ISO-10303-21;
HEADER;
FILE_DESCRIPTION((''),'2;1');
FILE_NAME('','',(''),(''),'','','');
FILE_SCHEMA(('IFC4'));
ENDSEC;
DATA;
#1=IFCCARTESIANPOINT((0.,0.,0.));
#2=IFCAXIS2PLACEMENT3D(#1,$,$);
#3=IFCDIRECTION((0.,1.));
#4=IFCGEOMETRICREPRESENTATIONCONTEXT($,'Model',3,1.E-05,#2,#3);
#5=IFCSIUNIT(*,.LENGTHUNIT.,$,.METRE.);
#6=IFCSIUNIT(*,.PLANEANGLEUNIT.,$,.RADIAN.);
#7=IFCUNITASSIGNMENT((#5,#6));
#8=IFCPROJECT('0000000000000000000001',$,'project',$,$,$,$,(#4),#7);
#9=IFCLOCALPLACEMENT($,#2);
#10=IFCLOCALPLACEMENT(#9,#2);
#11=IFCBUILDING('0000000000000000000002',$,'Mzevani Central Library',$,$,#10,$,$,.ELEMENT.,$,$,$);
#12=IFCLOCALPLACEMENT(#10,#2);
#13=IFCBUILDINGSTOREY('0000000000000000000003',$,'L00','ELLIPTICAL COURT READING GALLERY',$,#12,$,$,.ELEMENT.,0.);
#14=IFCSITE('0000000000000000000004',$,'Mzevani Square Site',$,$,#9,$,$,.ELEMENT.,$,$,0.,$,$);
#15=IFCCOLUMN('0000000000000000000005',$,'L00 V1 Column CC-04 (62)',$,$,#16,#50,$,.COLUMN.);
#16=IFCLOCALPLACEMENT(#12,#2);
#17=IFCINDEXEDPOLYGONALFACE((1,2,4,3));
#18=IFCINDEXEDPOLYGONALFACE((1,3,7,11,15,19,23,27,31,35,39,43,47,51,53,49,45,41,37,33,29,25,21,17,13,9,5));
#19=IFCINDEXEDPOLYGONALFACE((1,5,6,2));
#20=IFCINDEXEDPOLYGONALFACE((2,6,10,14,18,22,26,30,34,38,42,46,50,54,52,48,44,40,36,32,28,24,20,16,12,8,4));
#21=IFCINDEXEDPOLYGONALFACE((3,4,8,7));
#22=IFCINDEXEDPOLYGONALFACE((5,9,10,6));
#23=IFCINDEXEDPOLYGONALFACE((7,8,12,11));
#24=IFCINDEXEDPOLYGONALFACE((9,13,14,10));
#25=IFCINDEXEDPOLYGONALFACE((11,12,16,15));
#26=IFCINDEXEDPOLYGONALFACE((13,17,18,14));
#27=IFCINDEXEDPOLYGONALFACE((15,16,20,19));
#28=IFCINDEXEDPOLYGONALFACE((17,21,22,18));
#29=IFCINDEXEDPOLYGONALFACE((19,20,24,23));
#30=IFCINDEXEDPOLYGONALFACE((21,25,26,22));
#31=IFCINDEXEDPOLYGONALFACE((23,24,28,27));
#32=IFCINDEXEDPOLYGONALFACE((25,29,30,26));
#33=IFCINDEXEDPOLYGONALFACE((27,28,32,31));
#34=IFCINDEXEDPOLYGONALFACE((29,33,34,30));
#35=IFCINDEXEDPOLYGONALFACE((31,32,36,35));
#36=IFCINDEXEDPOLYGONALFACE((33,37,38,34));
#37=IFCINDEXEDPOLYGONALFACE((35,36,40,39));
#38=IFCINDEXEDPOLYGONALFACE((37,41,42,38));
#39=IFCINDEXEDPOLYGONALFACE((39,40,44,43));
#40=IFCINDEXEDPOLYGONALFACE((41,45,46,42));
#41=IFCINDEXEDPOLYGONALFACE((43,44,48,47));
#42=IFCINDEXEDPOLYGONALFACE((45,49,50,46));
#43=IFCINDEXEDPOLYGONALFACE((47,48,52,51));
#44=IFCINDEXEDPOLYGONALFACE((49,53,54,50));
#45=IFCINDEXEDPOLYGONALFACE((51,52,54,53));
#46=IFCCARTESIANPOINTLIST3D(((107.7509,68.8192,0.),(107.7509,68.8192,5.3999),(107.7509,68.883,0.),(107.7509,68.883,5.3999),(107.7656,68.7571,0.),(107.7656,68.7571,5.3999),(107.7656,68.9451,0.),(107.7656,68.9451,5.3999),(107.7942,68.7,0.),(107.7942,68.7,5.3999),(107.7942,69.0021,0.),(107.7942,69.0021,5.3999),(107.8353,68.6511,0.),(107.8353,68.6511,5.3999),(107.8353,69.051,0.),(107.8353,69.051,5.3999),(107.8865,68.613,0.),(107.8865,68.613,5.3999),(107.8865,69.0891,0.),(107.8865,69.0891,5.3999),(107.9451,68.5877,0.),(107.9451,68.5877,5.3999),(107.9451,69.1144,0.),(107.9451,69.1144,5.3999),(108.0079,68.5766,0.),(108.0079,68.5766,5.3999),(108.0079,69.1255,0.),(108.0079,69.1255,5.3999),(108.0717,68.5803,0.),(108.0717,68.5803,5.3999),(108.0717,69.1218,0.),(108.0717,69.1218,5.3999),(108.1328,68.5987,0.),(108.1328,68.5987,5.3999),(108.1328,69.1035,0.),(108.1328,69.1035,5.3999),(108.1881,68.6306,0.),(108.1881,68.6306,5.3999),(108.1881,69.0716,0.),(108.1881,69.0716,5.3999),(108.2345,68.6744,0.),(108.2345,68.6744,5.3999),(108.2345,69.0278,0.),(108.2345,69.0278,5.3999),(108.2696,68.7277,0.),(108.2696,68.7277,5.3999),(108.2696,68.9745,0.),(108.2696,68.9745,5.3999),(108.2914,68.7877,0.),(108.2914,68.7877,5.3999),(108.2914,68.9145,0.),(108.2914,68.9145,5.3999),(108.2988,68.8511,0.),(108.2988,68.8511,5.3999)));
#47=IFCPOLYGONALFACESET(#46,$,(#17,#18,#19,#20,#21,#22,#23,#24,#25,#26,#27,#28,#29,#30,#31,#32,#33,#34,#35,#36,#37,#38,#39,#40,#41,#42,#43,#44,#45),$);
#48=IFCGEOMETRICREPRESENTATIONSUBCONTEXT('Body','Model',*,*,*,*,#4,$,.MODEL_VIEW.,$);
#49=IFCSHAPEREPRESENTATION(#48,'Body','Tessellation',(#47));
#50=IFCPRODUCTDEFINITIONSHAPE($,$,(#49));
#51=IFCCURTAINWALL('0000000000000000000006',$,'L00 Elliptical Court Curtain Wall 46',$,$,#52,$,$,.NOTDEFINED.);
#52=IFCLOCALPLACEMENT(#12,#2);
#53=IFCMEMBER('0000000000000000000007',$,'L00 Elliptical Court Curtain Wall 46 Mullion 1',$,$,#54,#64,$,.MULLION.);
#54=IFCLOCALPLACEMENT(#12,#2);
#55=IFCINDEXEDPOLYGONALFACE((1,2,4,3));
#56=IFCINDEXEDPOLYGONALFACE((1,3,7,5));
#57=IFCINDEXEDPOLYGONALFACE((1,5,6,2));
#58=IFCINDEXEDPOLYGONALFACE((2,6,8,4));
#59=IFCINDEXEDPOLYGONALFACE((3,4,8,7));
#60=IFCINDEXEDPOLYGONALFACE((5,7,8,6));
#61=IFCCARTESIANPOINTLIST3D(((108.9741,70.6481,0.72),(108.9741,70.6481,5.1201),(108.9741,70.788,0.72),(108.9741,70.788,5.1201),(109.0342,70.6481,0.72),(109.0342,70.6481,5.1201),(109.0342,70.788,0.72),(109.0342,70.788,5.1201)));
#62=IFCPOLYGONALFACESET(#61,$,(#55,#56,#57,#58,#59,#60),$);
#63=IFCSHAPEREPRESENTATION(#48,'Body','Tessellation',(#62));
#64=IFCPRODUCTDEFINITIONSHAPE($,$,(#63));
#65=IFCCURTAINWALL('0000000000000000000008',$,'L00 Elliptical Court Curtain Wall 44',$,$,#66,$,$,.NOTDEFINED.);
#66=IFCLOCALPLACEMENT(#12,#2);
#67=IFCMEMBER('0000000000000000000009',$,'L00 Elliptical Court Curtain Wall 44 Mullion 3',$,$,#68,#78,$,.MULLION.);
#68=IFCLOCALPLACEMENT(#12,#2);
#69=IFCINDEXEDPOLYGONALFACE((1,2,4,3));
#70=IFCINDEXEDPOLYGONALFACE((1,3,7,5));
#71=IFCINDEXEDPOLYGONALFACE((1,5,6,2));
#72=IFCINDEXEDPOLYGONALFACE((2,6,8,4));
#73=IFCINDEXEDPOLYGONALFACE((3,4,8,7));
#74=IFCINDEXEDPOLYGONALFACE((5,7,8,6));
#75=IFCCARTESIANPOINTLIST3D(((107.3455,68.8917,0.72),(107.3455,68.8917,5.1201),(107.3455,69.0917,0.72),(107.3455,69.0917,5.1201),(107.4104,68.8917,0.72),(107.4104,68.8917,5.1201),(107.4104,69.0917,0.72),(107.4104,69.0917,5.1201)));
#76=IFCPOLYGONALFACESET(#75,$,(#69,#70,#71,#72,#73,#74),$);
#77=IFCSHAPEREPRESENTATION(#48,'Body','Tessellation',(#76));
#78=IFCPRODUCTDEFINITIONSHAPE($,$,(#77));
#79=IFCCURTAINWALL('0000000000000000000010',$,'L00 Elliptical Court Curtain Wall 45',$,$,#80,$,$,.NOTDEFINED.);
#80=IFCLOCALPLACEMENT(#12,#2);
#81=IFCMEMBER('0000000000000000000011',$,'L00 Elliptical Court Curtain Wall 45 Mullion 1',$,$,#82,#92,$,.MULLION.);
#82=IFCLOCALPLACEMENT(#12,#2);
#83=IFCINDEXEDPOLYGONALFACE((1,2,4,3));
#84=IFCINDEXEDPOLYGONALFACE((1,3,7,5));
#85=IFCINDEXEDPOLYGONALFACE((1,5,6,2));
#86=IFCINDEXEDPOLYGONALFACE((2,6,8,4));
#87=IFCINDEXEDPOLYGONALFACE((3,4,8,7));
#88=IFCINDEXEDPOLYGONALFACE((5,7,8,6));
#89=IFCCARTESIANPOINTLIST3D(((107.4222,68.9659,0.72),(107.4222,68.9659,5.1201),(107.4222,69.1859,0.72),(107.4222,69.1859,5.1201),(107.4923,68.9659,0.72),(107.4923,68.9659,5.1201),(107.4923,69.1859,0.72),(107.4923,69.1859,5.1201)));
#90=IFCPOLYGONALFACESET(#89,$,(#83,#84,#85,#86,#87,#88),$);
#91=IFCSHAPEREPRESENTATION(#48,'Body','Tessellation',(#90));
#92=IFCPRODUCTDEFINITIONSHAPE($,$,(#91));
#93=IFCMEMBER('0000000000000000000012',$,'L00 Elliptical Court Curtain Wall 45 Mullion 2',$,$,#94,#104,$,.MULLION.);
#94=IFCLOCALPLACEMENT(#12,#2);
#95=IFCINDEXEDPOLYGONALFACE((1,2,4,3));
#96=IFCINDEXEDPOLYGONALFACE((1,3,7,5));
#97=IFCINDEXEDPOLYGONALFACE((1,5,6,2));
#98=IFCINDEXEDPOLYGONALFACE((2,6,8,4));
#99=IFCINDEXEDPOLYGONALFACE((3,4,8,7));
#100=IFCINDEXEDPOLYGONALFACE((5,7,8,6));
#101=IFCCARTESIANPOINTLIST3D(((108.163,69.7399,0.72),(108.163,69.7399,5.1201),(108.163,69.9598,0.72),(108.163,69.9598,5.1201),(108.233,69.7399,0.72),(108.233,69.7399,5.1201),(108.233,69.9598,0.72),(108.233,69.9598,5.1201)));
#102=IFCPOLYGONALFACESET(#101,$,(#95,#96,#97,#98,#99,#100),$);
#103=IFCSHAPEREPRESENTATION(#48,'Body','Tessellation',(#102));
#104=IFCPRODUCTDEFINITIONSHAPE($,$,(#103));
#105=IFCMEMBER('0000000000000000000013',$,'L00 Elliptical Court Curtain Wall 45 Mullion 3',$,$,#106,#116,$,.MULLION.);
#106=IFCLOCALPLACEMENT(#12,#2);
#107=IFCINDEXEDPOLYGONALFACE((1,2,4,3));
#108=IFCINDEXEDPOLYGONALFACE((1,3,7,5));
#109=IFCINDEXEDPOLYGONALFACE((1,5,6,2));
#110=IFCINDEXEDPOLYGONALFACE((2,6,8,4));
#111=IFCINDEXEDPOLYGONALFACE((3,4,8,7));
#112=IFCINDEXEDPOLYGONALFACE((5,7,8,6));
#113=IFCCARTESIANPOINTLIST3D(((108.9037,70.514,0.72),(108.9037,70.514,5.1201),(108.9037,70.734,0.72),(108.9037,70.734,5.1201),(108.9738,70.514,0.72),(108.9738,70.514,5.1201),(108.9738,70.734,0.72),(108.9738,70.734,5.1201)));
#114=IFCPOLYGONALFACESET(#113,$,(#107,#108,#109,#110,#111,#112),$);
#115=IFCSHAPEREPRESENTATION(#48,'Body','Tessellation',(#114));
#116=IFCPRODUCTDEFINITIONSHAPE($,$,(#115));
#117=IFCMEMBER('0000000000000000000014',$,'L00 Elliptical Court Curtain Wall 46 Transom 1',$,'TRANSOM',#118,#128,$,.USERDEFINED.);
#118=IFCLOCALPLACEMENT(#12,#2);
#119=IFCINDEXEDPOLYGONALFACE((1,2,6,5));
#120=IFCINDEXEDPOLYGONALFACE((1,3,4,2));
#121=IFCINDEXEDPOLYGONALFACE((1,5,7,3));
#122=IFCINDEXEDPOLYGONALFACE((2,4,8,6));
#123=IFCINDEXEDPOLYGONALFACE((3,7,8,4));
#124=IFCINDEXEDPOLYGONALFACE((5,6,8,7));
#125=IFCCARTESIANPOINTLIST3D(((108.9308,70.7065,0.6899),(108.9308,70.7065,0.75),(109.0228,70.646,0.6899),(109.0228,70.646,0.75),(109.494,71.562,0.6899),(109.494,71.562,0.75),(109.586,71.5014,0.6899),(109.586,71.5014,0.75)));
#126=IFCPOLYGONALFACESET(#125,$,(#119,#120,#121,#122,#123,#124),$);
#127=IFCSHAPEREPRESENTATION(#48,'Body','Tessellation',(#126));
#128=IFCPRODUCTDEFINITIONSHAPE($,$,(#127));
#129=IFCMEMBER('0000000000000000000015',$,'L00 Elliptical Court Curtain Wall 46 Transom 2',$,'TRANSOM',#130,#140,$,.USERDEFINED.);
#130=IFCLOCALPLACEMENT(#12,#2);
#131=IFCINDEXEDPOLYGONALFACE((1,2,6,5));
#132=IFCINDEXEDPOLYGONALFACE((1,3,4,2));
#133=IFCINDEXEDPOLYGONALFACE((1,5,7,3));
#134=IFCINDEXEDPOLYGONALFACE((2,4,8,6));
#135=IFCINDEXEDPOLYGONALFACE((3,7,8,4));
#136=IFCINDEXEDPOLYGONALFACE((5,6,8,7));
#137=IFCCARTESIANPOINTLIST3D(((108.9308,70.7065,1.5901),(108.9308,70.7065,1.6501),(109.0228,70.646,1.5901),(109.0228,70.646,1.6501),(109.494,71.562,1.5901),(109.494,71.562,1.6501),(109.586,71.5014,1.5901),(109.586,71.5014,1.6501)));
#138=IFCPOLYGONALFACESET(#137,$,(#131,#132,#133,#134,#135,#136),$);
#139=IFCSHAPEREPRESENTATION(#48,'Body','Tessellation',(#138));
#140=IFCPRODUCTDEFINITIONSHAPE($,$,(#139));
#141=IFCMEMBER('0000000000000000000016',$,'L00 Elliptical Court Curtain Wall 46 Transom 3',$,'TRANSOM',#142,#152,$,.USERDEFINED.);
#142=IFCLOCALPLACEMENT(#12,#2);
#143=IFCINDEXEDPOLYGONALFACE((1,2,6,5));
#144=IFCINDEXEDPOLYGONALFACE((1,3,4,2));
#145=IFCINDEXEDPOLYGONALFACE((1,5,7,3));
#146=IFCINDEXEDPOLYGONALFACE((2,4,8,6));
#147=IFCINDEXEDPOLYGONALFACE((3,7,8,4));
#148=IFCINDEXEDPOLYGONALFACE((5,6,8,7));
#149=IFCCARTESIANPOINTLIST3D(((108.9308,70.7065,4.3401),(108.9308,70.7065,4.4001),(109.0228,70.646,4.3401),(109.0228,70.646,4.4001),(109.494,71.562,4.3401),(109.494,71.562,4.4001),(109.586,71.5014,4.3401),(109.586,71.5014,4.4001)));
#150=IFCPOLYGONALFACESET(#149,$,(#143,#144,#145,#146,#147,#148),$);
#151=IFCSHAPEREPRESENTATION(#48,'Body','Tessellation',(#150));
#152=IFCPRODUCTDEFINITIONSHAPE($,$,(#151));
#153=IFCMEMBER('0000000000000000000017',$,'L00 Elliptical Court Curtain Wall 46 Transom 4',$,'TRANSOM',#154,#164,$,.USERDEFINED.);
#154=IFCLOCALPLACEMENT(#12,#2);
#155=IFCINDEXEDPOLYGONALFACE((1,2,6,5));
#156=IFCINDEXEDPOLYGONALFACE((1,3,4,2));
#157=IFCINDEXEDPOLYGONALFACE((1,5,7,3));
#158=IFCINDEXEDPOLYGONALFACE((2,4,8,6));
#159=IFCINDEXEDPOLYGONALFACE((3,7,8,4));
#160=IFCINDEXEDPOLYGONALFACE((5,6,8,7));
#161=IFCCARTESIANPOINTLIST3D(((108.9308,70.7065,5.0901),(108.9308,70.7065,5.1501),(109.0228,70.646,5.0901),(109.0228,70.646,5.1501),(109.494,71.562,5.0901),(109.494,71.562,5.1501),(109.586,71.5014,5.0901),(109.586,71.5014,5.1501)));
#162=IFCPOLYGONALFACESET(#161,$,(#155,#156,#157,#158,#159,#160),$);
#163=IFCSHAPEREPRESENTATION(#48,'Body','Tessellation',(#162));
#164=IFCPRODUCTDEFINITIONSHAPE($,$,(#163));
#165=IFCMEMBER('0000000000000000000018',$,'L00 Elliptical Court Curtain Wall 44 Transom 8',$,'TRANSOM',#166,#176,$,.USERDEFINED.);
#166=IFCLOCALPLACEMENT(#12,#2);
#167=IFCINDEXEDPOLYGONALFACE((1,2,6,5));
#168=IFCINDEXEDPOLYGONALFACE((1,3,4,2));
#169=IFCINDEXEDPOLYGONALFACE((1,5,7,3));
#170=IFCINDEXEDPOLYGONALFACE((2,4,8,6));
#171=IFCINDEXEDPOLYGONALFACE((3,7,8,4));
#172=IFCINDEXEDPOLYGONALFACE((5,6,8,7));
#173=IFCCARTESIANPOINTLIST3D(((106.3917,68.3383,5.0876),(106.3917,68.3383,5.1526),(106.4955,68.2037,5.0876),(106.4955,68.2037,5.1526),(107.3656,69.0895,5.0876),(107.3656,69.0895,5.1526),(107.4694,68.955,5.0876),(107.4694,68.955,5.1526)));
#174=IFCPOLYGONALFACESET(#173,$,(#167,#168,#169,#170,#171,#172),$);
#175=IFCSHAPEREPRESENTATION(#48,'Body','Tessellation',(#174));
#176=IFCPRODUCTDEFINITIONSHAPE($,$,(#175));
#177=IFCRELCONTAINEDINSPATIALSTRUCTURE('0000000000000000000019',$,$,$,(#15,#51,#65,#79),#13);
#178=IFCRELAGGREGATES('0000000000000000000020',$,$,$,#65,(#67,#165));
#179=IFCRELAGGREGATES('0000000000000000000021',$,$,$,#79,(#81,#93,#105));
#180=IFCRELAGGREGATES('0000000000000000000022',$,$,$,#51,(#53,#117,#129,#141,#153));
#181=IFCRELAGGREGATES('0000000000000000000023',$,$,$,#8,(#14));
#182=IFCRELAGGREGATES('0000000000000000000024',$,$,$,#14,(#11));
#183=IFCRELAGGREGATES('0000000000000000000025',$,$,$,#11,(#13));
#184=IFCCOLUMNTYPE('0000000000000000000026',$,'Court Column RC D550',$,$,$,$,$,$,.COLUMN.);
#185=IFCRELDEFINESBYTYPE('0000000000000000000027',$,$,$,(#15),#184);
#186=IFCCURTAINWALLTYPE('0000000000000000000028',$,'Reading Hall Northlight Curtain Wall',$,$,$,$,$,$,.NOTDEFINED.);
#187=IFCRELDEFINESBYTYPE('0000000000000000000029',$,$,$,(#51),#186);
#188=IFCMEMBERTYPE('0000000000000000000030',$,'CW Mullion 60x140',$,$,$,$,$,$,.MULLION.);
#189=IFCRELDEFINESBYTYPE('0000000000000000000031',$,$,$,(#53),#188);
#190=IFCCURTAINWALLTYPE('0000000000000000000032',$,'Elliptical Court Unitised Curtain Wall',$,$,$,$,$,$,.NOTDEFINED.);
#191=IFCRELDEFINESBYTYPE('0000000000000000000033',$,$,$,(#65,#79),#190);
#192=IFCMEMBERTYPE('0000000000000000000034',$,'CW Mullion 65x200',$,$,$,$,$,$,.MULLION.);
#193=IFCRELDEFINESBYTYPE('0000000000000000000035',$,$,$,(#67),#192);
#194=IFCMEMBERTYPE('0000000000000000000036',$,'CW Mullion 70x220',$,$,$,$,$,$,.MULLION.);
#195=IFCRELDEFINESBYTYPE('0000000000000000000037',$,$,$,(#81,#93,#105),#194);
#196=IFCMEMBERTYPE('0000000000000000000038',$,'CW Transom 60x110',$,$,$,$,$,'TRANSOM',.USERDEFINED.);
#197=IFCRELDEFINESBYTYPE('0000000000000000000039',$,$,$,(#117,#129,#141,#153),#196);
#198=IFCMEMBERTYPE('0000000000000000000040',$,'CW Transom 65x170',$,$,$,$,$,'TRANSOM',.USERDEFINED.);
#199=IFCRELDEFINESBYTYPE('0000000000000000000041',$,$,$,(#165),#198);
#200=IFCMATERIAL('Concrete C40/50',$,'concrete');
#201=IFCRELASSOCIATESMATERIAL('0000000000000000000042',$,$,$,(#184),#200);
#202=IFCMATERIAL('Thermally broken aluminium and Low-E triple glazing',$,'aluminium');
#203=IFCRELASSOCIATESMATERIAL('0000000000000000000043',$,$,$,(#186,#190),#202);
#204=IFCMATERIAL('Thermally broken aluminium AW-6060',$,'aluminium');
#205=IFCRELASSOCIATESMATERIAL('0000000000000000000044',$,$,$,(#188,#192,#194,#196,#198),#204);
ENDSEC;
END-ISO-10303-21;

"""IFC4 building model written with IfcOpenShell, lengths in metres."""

from ifc_helpers import new_model, si_unit, direction, frame, origin, origin_2d, place, context, subcontext, project, spatial, rectangle, circle, extrude, material, material_profile, profile_set, type_object, element, aggregate, save


model = new_model("IFC4")

# Units and contexts
model_context = context("Model", 3, precision=1e-05, world=origin(), true_north=direction((0.0, 1.0)))
body_context = subcontext(model_context, "Body", "Model", "MODEL_VIEW")
ifc_project = project(units=[si_unit("LENGTHUNIT", "METRE"), si_unit("PLANEANGLEUNIT", "RADIAN")], contexts=[model_context])

# Site, building, storey
site_placement = place(None, origin())
site = spatial("IfcSite", under=ifc_project, at=site_placement, Name="Mzevani Square Site", CompositionType="ELEMENT", RefElevation=0.0)
building_placement = place(site_placement, origin())
building = spatial("IfcBuilding", under=site, at=building_placement, Name="Mzevani Central Library", CompositionType="ELEMENT")
storey_placement = place(building_placement, origin())
storey = spatial("IfcBuildingStorey", under=building, at=storey_placement, Name="L00", Description="ELLIPTICAL COURT READING GALLERY", CompositionType="ELEMENT", Elevation=0.0)

# Column
ifc_material_1 = material(Name="Concrete C40/50", Category="concrete")
ifc_material_profile_1 = material_profile(ifc_material_1, circle(Radius=0.2749, at=origin_2d()), Name="RC D550")
ifc_profile_set_1 = profile_set([ifc_material_profile_1], Name="Concrete C40/50")
column_type = type_object("IfcColumnType", Name="Court Column RC D550", PredefinedType="COLUMN", material=ifc_profile_set_1)
column_placement = place(storey_placement, frame((108.0239, 68.8511, 0.0), z_axis=(0.0, 0.0, 1.0), x_axis=(1.0, 0.0, 0.0)))
element("IfcColumn", 1, at=column_placement, inside=storey, type_object=column_type, Name="L00 V1 Column CC-04 (62)", PredefinedType="COLUMN", context=body_context, shape_type="SweptSolid", body=[
    extrude(circle(Radius=0.2749, at=origin_2d()), origin(), (0.0, 0.0, 1.0), 5.3999),
])

# Curtain walls, members
ifc_material_2 = material(Name="Thermally broken aluminium and Low-E triple glazing", Category="aluminium")
curtain_wall_type_1 = type_object("IfcCurtainWallType", Name="Reading Hall Northlight Curtain Wall", PredefinedType="NOTDEFINED", material=ifc_material_2)
curtain_wall_1_placement = place(storey_placement, origin())
curtain_wall_1 = element("IfcCurtainWall", 2, at=curtain_wall_1_placement, inside=storey, type_object=curtain_wall_type_1, Name="L00 Elliptical Court Curtain Wall 46", PredefinedType="NOTDEFINED")
ifc_material_3 = material(Name="Thermally broken aluminium AW-6060", Category="aluminium")
ifc_material_profile_2 = material_profile(ifc_material_3, rectangle(XDim=0.0601, YDim=0.1399, at=origin_2d()), Name="ALU M60x140")
ifc_profile_set_2 = profile_set([ifc_material_profile_2], Name="Thermally broken aluminium AW-6060")
member_type_1 = type_object("IfcMemberType", Name="CW Mullion 60x140", PredefinedType="MULLION", material=ifc_profile_set_2)
member_1_placement = place(storey_placement, frame((109.0042, 70.718, 0.72), z_axis=(0.0, 0.0, 1.0), x_axis=(1.0, 0.0, 0.0)))
member_1 = element("IfcMember", 3, at=member_1_placement, type_object=member_type_1, Name="L00 Elliptical Court Curtain Wall 46 Mullion 1", PredefinedType="MULLION", context=body_context, shape_type="SweptSolid", body=[
    extrude(rectangle(XDim=0.0601, YDim=0.1399, at=origin_2d()), origin(), (0.0, 0.0, 1.0), 4.4001),
])
curtain_wall_type_2 = type_object("IfcCurtainWallType", Name="Elliptical Court Unitised Curtain Wall", PredefinedType="NOTDEFINED", material=ifc_material_2)
curtain_wall_2_placement = place(storey_placement, origin())
curtain_wall_2 = element("IfcCurtainWall", 4, at=curtain_wall_2_placement, inside=storey, type_object=curtain_wall_type_2, Name="L00 Elliptical Court Curtain Wall 44", PredefinedType="NOTDEFINED")
ifc_material_profile_3 = material_profile(ifc_material_3, rectangle(XDim=0.0649, YDim=0.2, at=origin_2d()), Name="ALU M65x200")
ifc_profile_set_3 = profile_set([ifc_material_profile_3], Name="Thermally broken aluminium AW-6060")
member_type_2 = type_object("IfcMemberType", Name="CW Mullion 65x200", PredefinedType="MULLION", material=ifc_profile_set_3)
member_2_placement = place(storey_placement, frame((107.3779, 68.9917, 0.72), z_axis=(0.0, 0.0, 1.0), x_axis=(1.0, 0.0, 0.0)))
member_2 = element("IfcMember", 5, at=member_2_placement, type_object=member_type_2, Name="L00 Elliptical Court Curtain Wall 44 Mullion 3", PredefinedType="MULLION", context=body_context, shape_type="SweptSolid", body=[
    extrude(rectangle(XDim=0.0649, YDim=0.2, at=origin_2d()), origin(), (0.0, 0.0, 1.0), 4.4001),
])

# Curtain wall, members
curtain_wall_3_placement = place(storey_placement, origin())
curtain_wall_3 = element("IfcCurtainWall", 6, at=curtain_wall_3_placement, inside=storey, type_object=curtain_wall_type_2, Name="L00 Elliptical Court Curtain Wall 45", PredefinedType="NOTDEFINED")
ifc_material_profile_4 = material_profile(ifc_material_3, rectangle(XDim=0.0701, YDim=0.22, at=origin_2d()), Name="ALU M70x220")
ifc_profile_set_4 = profile_set([ifc_material_profile_4], Name="Thermally broken aluminium AW-6060")
member_type_3 = type_object("IfcMemberType", Name="CW Mullion 70x220", PredefinedType="MULLION", material=ifc_profile_set_4)
member_3_placement = place(storey_placement, frame((107.4573, 69.0759, 0.72), z_axis=(0.0, 0.0, 1.0), x_axis=(1.0, 0.0, 0.0)))
member_3 = element("IfcMember", 7, at=member_3_placement, type_object=member_type_3, Name="L00 Elliptical Court Curtain Wall 45 Mullion 1", PredefinedType="MULLION", context=body_context, shape_type="SweptSolid", body=[
    extrude(rectangle(XDim=0.0701, YDim=0.22, at=origin_2d()), origin(), (0.0, 0.0, 1.0), 4.4001),
])
member_4_placement = place(storey_placement, frame((108.198, 69.8499, 0.72), z_axis=(0.0, 0.0, 1.0), x_axis=(1.0, 0.0, 0.0)))
member_4 = element("IfcMember", 8, at=member_4_placement, type_object=member_type_3, Name="L00 Elliptical Court Curtain Wall 45 Mullion 2", PredefinedType="MULLION", context=body_context, shape_type="SweptSolid", body=[
    extrude(rectangle(XDim=0.0701, YDim=0.22, at=origin_2d()), origin(), (0.0, 0.0, 1.0), 4.4001),
])
member_5_placement = place(storey_placement, frame((108.9387, 70.624, 0.72), z_axis=(0.0, 0.0, 1.0), x_axis=(1.0, 0.0, 0.0)))
member_5 = element("IfcMember", 9, at=member_5_placement, type_object=member_type_3, Name="L00 Elliptical Court Curtain Wall 45 Mullion 3", PredefinedType="MULLION", context=body_context, shape_type="SweptSolid", body=[
    extrude(rectangle(XDim=0.0701, YDim=0.22, at=origin_2d()), origin(), (0.0, 0.0, 1.0), 4.4001),
])

# Members
ifc_material_profile_5 = material_profile(ifc_material_3, rectangle(XDim=0.1101, YDim=0.0601, at=origin_2d()), Name="ALU T60x110")
ifc_profile_set_5 = profile_set([ifc_material_profile_5], Name="Thermally broken aluminium AW-6060")
member_type_4 = type_object("IfcMemberType", Name="CW Transom 60x110", ElementType="TRANSOM", PredefinedType="USERDEFINED", material=ifc_profile_set_5)
member_6_placement = place(storey_placement, frame((108.9768, 70.6763, 0.72), z_axis=(0.549905, 0.835227, 0.0), x_axis=(-0.835227, 0.549905, 0.0)))
member_6 = element("IfcMember", 10, at=member_6_placement, type_object=member_type_4, Name="L00 Elliptical Court Curtain Wall 46 Transom 1", ObjectType="TRANSOM", PredefinedType="USERDEFINED", context=body_context, shape_type="SweptSolid", body=[
    extrude(rectangle(XDim=0.1101, YDim=0.0601, at=origin_2d()), origin(), (0.0, 0.0, 1.0), 1.0242),
])
member_7_placement = place(storey_placement, frame((108.9768, 70.6763, 1.6201), z_axis=(0.549905, 0.835227, 0.0), x_axis=(-0.835227, 0.549905, 0.0)))
member_7 = element("IfcMember", 11, at=member_7_placement, type_object=member_type_4, Name="L00 Elliptical Court Curtain Wall 46 Transom 2", ObjectType="TRANSOM", PredefinedType="USERDEFINED", context=body_context, shape_type="SweptSolid", body=[
    extrude(rectangle(XDim=0.1101, YDim=0.0601, at=origin_2d()), origin(), (0.0, 0.0, 1.0), 1.0242),
])
member_8_placement = place(storey_placement, frame((108.9768, 70.6763, 4.3701), z_axis=(0.549905, 0.835227, 0.0), x_axis=(-0.835227, 0.549905, 0.0)))
member_8 = element("IfcMember", 12, at=member_8_placement, type_object=member_type_4, Name="L00 Elliptical Court Curtain Wall 46 Transom 3", ObjectType="TRANSOM", PredefinedType="USERDEFINED", context=body_context, shape_type="SweptSolid", body=[
    extrude(rectangle(XDim=0.1101, YDim=0.0601, at=origin_2d()), origin(), (0.0, 0.0, 1.0), 1.0242),
])
member_9_placement = place(storey_placement, frame((108.9768, 70.6763, 5.1201), z_axis=(0.549905, 0.835227, 0.0), x_axis=(-0.835227, 0.549905, 0.0)))
member_9 = element("IfcMember", 13, at=member_9_placement, type_object=member_type_4, Name="L00 Elliptical Court Curtain Wall 46 Transom 4", ObjectType="TRANSOM", PredefinedType="USERDEFINED", context=body_context, shape_type="SweptSolid", body=[
    extrude(rectangle(XDim=0.1101, YDim=0.0601, at=origin_2d()), origin(), (0.0, 0.0, 1.0), 1.0242),
])
ifc_material_profile_6 = material_profile(ifc_material_3, rectangle(XDim=0.1699, YDim=0.0649, at=origin_2d()), Name="ALU T65x170")
ifc_profile_set_6 = profile_set([ifc_material_profile_6], Name="Thermally broken aluminium AW-6060")
member_type_5 = type_object("IfcMemberType", Name="CW Transom 65x170", ElementType="TRANSOM", PredefinedType="USERDEFINED", material=ifc_profile_set_6)
member_10_placement = place(storey_placement, frame((106.4436, 68.271, 5.1201), z_axis=(0.791804, 0.610775, 0.0), x_axis=(-0.610775, 0.791804, 0.0)))
member_10 = element("IfcMember", 14, at=member_10_placement, type_object=member_type_5, Name="L00 Elliptical Court Curtain Wall 44 Transom 8", ObjectType="TRANSOM", PredefinedType="USERDEFINED", context=body_context, shape_type="SweptSolid", body=[
    extrude(rectangle(XDim=0.1699, YDim=0.0649, at=origin_2d()), origin(), (0.0, 0.0, 1.0), 1.23),
])

aggregate(curtain_wall_2, [member_2, member_10])
aggregate(curtain_wall_3, [member_3, member_4, member_5])
aggregate(curtain_wall_1, [member_1, member_6, member_7, member_8, member_9])

save(model, "model.ifc")
